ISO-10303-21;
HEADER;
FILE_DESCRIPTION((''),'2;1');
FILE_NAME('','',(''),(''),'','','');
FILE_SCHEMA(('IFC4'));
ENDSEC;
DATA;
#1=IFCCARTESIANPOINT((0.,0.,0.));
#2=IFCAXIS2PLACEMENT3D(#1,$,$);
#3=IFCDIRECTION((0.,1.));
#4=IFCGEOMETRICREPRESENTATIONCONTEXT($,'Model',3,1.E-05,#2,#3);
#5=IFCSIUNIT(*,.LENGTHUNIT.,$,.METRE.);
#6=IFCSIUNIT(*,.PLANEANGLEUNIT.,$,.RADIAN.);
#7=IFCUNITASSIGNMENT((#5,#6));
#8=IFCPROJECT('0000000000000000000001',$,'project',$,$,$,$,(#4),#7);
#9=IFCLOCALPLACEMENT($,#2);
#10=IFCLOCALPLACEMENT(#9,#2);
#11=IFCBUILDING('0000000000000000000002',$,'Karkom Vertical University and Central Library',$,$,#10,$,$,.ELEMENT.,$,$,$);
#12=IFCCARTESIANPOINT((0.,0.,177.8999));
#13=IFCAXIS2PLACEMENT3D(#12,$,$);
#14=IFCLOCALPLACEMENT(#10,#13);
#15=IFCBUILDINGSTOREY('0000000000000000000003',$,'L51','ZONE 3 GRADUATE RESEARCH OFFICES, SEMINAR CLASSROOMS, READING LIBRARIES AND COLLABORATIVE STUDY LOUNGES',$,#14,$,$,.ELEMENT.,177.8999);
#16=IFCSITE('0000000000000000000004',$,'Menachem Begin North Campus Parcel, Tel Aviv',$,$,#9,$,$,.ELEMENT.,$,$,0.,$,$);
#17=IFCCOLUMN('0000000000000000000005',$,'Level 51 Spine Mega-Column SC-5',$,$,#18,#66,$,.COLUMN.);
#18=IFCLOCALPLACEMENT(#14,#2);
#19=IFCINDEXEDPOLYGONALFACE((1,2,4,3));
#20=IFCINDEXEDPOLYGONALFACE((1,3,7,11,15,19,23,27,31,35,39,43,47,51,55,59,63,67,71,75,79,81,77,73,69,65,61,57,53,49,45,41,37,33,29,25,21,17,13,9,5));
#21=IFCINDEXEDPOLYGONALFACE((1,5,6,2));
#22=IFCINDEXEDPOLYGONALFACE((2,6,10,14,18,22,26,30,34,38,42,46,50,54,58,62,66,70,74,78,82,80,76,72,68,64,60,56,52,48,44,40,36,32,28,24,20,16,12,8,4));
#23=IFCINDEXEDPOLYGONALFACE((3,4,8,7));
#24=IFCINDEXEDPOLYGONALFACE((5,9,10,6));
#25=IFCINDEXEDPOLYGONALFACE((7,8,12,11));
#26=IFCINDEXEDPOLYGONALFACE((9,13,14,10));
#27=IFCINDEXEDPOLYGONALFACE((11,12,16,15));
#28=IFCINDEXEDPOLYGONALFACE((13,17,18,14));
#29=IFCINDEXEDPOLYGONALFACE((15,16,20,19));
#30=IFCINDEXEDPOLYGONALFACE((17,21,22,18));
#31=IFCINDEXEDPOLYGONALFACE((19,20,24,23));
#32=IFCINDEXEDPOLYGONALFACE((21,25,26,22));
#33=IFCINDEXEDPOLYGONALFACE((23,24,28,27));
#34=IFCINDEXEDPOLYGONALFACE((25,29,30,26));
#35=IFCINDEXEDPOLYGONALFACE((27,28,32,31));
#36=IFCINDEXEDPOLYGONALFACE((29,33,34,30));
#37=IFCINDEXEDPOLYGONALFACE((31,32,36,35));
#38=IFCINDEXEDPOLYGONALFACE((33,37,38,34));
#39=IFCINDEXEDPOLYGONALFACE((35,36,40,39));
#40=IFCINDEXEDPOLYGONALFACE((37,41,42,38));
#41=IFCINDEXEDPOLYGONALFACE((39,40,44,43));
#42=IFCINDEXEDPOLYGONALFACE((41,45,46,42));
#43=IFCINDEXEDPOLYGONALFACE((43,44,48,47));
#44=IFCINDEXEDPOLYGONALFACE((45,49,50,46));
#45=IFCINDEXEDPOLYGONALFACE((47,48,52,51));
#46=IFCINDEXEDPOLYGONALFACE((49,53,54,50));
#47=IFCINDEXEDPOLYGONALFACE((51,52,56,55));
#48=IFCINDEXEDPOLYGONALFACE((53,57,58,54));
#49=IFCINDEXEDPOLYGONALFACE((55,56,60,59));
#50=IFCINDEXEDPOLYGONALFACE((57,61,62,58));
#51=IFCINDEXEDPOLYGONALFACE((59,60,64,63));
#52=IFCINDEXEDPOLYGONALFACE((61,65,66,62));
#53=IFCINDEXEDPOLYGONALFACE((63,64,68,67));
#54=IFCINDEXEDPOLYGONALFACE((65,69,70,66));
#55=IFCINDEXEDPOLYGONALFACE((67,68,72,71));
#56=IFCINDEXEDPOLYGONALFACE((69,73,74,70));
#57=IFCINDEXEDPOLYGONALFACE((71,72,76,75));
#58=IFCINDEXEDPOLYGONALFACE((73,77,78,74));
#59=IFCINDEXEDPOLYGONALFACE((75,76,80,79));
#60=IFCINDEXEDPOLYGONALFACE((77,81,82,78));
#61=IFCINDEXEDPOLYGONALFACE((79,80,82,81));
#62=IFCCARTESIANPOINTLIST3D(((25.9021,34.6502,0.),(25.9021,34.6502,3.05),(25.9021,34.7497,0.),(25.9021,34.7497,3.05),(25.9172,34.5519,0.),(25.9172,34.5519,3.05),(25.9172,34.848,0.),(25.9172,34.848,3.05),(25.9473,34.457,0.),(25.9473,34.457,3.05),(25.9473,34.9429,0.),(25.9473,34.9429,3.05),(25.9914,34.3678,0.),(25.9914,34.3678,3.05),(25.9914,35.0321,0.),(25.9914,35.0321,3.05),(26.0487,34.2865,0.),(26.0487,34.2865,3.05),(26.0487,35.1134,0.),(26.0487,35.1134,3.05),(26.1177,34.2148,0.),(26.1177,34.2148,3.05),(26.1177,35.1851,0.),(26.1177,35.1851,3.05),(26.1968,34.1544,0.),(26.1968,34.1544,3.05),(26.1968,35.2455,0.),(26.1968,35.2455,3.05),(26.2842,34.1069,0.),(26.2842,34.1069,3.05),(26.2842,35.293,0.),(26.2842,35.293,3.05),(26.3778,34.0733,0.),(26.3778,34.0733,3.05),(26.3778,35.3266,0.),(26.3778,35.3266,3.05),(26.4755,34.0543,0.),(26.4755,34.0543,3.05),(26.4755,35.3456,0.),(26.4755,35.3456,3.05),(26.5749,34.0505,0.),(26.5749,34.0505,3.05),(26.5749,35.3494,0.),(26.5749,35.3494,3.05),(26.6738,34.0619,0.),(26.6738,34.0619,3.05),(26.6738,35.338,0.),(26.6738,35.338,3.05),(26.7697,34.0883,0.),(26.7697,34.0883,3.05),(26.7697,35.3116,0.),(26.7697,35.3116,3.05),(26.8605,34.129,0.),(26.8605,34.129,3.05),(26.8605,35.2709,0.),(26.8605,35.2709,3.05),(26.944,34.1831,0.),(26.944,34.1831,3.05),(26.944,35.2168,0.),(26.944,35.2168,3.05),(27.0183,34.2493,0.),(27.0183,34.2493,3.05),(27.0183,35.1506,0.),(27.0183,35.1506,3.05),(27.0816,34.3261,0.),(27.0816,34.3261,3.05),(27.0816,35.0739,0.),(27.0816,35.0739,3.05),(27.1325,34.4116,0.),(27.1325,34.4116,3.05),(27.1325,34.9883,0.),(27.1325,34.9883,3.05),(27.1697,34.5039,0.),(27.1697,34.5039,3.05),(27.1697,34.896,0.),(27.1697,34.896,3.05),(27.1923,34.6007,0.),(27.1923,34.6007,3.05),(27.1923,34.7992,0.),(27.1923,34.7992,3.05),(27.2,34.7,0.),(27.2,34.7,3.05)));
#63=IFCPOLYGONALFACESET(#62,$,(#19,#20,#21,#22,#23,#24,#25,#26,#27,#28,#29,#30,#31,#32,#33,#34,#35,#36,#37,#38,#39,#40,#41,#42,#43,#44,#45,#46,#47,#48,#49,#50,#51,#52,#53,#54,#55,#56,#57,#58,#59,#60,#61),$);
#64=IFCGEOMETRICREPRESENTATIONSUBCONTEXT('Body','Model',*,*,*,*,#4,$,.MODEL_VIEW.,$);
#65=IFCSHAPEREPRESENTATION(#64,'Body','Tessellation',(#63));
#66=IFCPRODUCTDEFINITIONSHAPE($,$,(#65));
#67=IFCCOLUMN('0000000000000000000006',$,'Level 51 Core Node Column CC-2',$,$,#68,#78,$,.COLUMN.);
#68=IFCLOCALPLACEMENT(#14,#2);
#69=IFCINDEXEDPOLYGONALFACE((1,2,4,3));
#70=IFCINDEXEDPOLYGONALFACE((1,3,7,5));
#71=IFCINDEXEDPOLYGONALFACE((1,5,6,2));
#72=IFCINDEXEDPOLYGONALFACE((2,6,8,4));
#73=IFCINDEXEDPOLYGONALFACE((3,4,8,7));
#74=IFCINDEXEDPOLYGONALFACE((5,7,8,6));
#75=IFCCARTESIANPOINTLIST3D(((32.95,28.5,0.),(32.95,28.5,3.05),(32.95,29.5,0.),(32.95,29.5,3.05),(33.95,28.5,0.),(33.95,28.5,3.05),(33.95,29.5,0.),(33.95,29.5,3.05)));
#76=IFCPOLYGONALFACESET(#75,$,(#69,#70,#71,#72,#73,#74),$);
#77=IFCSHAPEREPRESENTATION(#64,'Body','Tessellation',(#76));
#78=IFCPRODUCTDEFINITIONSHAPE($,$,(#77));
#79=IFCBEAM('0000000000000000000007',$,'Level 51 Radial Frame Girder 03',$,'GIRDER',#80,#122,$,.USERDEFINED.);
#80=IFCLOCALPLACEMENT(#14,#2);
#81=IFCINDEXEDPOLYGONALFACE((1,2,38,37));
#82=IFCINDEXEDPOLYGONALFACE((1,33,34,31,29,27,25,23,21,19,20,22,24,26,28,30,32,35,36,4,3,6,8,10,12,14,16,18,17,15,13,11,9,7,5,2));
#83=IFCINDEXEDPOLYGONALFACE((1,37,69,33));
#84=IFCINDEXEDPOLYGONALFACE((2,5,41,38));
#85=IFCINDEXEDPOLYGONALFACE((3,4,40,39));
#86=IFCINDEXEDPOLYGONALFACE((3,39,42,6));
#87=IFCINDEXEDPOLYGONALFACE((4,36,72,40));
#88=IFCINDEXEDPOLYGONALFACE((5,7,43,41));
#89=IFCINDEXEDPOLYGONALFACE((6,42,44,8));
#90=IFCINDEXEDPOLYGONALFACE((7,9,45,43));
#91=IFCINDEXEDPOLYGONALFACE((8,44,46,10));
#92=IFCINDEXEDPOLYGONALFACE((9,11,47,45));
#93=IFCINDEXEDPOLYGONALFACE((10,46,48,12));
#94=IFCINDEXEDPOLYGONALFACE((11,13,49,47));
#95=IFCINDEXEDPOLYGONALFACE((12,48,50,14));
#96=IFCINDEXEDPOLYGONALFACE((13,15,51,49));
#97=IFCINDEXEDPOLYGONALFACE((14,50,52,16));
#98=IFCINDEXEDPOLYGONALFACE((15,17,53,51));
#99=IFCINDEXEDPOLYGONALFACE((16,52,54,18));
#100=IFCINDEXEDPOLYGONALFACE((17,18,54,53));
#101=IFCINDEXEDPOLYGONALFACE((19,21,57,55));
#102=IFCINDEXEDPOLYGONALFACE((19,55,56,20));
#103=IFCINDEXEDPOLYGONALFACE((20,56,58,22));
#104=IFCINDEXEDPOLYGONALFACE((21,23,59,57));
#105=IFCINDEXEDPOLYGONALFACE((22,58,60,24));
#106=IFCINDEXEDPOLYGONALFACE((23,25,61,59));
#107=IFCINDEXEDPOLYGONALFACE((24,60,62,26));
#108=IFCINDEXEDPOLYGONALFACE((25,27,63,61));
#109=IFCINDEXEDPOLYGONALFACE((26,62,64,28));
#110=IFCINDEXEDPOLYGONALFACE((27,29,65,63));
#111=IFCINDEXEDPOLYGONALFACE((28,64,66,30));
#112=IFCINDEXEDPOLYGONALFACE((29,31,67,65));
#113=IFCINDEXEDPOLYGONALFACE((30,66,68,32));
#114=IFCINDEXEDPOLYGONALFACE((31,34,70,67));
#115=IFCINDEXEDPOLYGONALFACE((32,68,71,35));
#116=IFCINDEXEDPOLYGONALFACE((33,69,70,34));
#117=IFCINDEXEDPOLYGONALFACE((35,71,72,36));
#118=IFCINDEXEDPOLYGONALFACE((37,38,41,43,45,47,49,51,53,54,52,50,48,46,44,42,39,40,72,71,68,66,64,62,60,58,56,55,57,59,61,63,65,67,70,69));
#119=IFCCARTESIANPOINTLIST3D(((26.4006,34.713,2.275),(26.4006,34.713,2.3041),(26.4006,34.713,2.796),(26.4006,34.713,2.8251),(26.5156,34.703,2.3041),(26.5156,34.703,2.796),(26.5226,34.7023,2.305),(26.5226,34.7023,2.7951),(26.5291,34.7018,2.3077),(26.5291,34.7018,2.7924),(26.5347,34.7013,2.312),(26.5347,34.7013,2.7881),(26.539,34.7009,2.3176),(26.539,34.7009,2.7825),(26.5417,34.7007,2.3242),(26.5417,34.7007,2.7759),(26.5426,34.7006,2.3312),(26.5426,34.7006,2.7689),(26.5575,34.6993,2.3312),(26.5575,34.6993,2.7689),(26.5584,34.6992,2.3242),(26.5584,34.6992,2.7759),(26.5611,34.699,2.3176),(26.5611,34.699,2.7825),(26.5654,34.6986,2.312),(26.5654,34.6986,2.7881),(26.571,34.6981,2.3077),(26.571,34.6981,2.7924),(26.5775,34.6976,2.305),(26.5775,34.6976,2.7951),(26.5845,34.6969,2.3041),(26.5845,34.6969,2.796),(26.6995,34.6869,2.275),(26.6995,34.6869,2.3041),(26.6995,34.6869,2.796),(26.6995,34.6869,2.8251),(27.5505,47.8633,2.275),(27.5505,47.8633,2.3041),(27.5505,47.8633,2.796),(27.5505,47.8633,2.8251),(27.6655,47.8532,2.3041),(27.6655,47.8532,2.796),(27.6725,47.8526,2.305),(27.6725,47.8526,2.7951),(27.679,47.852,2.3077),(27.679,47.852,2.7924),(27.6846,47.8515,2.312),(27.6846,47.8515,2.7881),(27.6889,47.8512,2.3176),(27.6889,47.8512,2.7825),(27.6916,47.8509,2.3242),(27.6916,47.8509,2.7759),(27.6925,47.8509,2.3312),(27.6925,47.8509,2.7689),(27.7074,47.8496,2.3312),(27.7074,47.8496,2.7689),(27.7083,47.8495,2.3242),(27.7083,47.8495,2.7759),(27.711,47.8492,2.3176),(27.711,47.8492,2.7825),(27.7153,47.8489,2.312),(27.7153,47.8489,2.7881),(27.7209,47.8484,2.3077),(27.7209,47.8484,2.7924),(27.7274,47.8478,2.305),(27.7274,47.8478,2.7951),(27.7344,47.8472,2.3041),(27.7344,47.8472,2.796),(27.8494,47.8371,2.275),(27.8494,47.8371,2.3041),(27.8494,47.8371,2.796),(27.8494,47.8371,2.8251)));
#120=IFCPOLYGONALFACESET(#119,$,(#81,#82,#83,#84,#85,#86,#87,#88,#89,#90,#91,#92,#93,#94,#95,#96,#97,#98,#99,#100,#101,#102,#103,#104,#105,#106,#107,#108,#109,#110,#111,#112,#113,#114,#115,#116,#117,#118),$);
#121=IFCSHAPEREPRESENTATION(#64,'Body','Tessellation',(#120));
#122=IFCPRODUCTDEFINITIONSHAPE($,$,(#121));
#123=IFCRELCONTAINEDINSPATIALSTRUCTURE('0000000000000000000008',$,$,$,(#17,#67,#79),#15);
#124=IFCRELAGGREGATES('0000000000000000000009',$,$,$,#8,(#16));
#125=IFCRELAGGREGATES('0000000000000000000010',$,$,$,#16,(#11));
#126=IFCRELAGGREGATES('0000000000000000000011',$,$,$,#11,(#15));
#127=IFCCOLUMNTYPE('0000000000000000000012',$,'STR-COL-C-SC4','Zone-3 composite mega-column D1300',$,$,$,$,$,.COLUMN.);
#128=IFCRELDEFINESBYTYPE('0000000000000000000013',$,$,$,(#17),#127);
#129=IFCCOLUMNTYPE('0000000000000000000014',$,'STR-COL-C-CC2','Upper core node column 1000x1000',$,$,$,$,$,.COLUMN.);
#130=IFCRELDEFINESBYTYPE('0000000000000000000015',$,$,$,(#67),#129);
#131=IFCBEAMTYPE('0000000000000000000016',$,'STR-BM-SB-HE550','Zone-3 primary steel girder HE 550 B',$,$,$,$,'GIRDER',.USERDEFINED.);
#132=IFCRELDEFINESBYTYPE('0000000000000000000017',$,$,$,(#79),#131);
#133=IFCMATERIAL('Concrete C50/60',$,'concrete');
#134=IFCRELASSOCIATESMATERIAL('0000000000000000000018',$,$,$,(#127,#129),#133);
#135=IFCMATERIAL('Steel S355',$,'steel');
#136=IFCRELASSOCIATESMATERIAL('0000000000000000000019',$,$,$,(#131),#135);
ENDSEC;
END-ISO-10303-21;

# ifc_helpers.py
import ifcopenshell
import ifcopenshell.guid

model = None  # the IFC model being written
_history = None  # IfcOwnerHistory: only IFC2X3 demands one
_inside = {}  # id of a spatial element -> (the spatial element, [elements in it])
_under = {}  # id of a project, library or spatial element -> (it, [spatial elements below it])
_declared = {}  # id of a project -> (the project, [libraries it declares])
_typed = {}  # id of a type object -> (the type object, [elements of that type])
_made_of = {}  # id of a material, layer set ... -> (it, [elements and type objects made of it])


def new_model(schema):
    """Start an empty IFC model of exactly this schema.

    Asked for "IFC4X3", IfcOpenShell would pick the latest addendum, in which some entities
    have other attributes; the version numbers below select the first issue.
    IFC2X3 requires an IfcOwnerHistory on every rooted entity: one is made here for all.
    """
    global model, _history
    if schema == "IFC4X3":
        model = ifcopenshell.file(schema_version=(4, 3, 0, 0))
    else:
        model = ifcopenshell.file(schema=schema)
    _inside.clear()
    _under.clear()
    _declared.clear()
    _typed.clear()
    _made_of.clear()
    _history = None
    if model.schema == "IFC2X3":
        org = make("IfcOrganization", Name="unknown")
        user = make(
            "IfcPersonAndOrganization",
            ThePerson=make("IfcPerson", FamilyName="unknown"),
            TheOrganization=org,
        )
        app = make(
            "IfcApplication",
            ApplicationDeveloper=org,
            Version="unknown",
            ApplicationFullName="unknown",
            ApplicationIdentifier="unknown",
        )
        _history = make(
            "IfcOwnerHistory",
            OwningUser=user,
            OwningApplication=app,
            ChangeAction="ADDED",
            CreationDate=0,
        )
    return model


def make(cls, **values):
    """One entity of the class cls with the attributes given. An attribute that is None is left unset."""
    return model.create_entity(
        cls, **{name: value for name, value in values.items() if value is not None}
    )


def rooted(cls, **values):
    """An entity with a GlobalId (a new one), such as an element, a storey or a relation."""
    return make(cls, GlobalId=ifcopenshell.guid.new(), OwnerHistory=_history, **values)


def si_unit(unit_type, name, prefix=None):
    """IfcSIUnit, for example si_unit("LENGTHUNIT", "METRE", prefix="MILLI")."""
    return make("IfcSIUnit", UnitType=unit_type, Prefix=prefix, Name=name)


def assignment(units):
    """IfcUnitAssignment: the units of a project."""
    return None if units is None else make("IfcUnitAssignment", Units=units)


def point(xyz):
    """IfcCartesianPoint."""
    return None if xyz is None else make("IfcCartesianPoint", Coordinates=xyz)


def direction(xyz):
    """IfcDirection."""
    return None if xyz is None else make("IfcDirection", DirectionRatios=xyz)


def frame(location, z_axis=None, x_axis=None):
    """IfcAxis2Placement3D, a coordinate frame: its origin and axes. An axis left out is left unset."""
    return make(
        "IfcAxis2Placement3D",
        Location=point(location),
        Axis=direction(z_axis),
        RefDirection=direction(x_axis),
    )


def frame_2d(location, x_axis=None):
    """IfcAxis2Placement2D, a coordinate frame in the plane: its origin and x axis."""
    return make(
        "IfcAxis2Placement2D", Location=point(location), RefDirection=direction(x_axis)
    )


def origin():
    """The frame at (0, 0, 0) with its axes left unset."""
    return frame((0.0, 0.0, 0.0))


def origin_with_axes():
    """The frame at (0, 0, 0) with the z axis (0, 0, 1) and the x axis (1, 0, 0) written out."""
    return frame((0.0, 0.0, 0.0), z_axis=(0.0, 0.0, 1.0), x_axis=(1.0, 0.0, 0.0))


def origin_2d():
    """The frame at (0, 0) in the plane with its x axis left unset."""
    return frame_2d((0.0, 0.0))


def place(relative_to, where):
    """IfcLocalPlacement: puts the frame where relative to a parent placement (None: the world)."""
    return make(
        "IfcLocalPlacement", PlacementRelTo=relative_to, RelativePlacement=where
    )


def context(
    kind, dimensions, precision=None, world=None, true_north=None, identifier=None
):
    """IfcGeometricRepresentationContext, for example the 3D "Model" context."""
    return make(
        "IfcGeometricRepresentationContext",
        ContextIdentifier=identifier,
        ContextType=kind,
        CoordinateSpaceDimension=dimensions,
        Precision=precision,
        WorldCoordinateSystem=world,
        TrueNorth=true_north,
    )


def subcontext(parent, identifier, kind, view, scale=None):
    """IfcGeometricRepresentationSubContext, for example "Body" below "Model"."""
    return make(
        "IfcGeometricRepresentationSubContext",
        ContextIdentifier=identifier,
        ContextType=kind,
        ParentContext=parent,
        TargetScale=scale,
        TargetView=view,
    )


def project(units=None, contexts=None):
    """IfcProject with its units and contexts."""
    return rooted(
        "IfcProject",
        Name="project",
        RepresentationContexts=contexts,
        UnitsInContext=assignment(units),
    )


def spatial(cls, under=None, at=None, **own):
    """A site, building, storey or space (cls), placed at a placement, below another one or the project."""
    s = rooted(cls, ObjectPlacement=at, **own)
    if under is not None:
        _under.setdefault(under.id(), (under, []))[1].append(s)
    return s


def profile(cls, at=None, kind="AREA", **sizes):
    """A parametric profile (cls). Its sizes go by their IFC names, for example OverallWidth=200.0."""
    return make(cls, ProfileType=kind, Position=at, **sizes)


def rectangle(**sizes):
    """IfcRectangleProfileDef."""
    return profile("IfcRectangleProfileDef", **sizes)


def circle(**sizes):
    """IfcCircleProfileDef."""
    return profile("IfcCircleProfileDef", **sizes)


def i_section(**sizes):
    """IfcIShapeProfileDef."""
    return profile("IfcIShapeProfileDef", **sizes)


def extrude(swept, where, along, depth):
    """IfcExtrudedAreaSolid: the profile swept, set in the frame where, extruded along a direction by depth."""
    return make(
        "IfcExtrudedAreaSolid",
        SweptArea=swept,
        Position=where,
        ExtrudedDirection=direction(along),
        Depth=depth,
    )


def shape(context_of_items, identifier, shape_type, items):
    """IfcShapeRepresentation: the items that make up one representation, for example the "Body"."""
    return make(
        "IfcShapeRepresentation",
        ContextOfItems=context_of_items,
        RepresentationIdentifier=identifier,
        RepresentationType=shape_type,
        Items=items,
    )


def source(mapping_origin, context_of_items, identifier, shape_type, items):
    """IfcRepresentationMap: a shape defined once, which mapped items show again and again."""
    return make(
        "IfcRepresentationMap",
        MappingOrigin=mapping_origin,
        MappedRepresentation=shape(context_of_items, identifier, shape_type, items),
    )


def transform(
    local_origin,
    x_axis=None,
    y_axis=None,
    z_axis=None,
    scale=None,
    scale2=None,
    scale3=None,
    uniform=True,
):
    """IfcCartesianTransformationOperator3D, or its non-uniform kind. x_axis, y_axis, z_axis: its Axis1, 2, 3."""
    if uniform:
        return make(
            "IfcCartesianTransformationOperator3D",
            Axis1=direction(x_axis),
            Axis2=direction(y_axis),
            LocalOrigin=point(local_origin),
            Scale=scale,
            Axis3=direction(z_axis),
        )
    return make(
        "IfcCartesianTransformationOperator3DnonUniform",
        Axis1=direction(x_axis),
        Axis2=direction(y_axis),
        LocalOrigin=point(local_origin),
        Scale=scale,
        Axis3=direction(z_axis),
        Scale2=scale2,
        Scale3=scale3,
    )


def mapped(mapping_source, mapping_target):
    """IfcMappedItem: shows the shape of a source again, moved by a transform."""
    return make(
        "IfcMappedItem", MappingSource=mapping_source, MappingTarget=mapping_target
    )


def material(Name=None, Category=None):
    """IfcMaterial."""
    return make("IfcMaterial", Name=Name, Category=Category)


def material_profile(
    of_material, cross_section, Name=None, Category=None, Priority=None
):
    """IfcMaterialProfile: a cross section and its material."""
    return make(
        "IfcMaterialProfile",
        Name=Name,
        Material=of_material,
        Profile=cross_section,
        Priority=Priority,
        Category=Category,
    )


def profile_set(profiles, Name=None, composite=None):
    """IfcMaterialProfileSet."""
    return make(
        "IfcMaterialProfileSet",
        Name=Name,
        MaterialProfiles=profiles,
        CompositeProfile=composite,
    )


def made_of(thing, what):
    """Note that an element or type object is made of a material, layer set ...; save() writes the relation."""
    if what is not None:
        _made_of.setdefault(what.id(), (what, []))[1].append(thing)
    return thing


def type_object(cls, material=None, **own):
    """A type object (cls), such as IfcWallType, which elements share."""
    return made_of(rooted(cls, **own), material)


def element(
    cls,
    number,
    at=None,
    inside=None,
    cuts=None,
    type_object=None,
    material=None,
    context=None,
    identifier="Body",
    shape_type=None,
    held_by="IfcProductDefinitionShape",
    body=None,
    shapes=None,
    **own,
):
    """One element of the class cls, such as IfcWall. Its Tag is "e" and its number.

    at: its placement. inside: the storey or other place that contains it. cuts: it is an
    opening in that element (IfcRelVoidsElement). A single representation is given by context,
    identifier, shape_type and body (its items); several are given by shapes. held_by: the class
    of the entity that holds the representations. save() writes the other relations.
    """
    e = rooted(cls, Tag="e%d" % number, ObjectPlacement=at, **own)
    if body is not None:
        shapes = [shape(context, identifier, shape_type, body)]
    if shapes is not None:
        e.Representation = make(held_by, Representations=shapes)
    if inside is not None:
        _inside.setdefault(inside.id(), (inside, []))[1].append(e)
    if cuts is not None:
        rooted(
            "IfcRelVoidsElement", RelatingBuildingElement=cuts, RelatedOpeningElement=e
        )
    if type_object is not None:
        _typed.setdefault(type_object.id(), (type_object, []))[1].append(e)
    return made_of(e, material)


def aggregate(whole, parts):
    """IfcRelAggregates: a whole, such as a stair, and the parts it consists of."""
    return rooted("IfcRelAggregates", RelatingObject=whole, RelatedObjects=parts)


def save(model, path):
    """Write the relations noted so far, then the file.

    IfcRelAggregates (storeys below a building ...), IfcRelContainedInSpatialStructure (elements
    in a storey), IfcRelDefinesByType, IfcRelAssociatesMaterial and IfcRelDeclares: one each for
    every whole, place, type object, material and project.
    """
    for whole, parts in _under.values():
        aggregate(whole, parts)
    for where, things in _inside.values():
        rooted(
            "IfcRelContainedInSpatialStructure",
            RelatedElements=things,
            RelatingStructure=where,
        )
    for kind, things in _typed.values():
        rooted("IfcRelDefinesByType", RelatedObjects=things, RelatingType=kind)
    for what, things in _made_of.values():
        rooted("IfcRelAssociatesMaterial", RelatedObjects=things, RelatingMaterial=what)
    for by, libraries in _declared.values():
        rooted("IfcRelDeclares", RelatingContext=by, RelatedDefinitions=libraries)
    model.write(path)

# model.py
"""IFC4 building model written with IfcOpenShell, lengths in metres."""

from ifc_helpers import new_model, si_unit, direction, frame, origin, origin_with_axes, origin_2d, place, context, subcontext, project, spatial, rectangle, circle, i_section, extrude, source, transform, mapped, material, material_profile, profile_set, type_object, element, save


model = new_model("IFC4")

# Units and contexts
model_context = context("Model", 3, precision=1e-05, world=origin(), true_north=direction((0.0, 1.0)))
body_context = subcontext(model_context, "Body", "Model", "MODEL_VIEW")
ifc_project = project(units=[si_unit("LENGTHUNIT", "METRE"), si_unit("PLANEANGLEUNIT", "RADIAN")], contexts=[model_context])

# Site, building, storey
site_placement = place(None, origin())
site = spatial("IfcSite", under=ifc_project, at=site_placement, Name="Menachem Begin North Campus Parcel, Tel Aviv", CompositionType="ELEMENT", RefElevation=0.0)
building_placement = place(site_placement, origin())
building = spatial("IfcBuilding", under=site, at=building_placement, Name="Karkom Vertical University and Central Library", CompositionType="ELEMENT")
storey_placement = place(building_placement, frame((0.0, 0.0, 177.8999)))
storey = spatial("IfcBuildingStorey", under=building, at=storey_placement, Name="L51", Description="ZONE 3 GRADUATE RESEARCH OFFICES, SEMINAR CLASSROOMS, READING LIBRARIES AND COLLABORATIVE STUDY LOUNGES", CompositionType="ELEMENT", Elevation=177.8999)

# Columns
ifc_material_1 = material(Name="Concrete C50/60", Category="concrete")
ifc_material_profile_1 = material_profile(ifc_material_1, circle(Radius=0.6499, at=origin_2d()), Name="CFT-D1300")
ifc_profile_set_1 = profile_set([ifc_material_profile_1], Name="Concrete C50/60")
column_type_1 = type_object("IfcColumnType", Name="STR-COL-C-SC4", Description="Zone-3 composite mega-column D1300", PredefinedType="COLUMN", material=ifc_profile_set_1)
shared_shape_1 = source(origin_with_axes(), body_context, "Body", "SweptSolid", [
    extrude(circle(Radius=0.6499, at=origin_2d()), origin(), (0.0, 0.0, 1.0), 3.05),
])
column_1_placement = place(storey_placement, frame((26.55, 34.7, 0.0), z_axis=(0.0, 0.0, 1.0), x_axis=(1.0, 0.0, 0.0)))
element("IfcColumn", 1, at=column_1_placement, inside=storey, type_object=column_type_1, Name="Level 51 Spine Mega-Column SC-5", PredefinedType="COLUMN", context=body_context, shape_type="MappedRepresentation", body=[
    mapped(shared_shape_1, transform((0.0, 0.0, 0.0), scale=1.0)),
])
ifc_material_profile_2 = material_profile(ifc_material_1, rectangle(XDim=1.0, YDim=1.0, at=origin_2d()), Name="RC-1000x1000")
ifc_profile_set_2 = profile_set([ifc_material_profile_2], Name="Concrete C50/60")
column_type_2 = type_object("IfcColumnType", Name="STR-COL-C-CC2", Description="Upper core node column 1000x1000", PredefinedType="COLUMN", material=ifc_profile_set_2)
shared_shape_2 = source(origin_with_axes(), body_context, "Body", "SweptSolid", [
    extrude(rectangle(XDim=1.0, YDim=1.0, at=origin_2d()), origin(), (0.0, 0.0, 1.0), 3.05),
])
column_2_placement = place(storey_placement, frame((33.45, 29.0, 0.0), z_axis=(0.0, 0.0, 1.0), x_axis=(1.0, 0.0, 0.0)))
element("IfcColumn", 2, at=column_2_placement, inside=storey, type_object=column_type_2, Name="Level 51 Core Node Column CC-2", PredefinedType="COLUMN", context=body_context, shape_type="MappedRepresentation", body=[
    mapped(shared_shape_2, transform((0.0, 0.0, 0.0), scale=1.0)),
])

# Beam
ifc_material_2 = material(Name="Steel S355", Category="steel")
ifc_material_profile_3 = material_profile(ifc_material_2, i_section(OverallWidth=0.3, OverallDepth=0.55, WebThickness=0.0149, FlangeThickness=0.0291, FilletRadius=0.0271, at=origin_2d()), Name="HE 550 B")
ifc_profile_set_3 = profile_set([ifc_material_profile_3], Name="Steel S355")
beam_type = type_object("IfcBeamType", Name="STR-BM-SB-HE550", Description="Zone-3 primary steel girder HE 550 B", ElementType="GIRDER", PredefinedType="USERDEFINED", material=ifc_profile_set_3)
shared_shape_3 = source(origin_with_axes(), body_context, "Body", "SweptSolid", [
    extrude(i_section(OverallWidth=0.3, OverallDepth=0.55, WebThickness=0.0149, FlangeThickness=0.0291, FilletRadius=0.0271, at=origin_2d()), origin(), (0.0, 0.0, 1.0), 13.2004),
])
beam_placement = place(storey_placement, frame((26.55, 34.7, 2.55), z_axis=(0.087112, 0.996199, 0.0), x_axis=(-0.996199, 0.087112, 0.0)))
element("IfcBeam", 3, at=beam_placement, inside=storey, type_object=beam_type, Name="Level 51 Radial Frame Girder 03", ObjectType="GIRDER", PredefinedType="USERDEFINED", context=body_context, shape_type="MappedRepresentation", body=[
    mapped(shared_shape_3, transform((0.0, 0.0, 0.0), scale=1.0)),
])

save(model, "model.ifc")
